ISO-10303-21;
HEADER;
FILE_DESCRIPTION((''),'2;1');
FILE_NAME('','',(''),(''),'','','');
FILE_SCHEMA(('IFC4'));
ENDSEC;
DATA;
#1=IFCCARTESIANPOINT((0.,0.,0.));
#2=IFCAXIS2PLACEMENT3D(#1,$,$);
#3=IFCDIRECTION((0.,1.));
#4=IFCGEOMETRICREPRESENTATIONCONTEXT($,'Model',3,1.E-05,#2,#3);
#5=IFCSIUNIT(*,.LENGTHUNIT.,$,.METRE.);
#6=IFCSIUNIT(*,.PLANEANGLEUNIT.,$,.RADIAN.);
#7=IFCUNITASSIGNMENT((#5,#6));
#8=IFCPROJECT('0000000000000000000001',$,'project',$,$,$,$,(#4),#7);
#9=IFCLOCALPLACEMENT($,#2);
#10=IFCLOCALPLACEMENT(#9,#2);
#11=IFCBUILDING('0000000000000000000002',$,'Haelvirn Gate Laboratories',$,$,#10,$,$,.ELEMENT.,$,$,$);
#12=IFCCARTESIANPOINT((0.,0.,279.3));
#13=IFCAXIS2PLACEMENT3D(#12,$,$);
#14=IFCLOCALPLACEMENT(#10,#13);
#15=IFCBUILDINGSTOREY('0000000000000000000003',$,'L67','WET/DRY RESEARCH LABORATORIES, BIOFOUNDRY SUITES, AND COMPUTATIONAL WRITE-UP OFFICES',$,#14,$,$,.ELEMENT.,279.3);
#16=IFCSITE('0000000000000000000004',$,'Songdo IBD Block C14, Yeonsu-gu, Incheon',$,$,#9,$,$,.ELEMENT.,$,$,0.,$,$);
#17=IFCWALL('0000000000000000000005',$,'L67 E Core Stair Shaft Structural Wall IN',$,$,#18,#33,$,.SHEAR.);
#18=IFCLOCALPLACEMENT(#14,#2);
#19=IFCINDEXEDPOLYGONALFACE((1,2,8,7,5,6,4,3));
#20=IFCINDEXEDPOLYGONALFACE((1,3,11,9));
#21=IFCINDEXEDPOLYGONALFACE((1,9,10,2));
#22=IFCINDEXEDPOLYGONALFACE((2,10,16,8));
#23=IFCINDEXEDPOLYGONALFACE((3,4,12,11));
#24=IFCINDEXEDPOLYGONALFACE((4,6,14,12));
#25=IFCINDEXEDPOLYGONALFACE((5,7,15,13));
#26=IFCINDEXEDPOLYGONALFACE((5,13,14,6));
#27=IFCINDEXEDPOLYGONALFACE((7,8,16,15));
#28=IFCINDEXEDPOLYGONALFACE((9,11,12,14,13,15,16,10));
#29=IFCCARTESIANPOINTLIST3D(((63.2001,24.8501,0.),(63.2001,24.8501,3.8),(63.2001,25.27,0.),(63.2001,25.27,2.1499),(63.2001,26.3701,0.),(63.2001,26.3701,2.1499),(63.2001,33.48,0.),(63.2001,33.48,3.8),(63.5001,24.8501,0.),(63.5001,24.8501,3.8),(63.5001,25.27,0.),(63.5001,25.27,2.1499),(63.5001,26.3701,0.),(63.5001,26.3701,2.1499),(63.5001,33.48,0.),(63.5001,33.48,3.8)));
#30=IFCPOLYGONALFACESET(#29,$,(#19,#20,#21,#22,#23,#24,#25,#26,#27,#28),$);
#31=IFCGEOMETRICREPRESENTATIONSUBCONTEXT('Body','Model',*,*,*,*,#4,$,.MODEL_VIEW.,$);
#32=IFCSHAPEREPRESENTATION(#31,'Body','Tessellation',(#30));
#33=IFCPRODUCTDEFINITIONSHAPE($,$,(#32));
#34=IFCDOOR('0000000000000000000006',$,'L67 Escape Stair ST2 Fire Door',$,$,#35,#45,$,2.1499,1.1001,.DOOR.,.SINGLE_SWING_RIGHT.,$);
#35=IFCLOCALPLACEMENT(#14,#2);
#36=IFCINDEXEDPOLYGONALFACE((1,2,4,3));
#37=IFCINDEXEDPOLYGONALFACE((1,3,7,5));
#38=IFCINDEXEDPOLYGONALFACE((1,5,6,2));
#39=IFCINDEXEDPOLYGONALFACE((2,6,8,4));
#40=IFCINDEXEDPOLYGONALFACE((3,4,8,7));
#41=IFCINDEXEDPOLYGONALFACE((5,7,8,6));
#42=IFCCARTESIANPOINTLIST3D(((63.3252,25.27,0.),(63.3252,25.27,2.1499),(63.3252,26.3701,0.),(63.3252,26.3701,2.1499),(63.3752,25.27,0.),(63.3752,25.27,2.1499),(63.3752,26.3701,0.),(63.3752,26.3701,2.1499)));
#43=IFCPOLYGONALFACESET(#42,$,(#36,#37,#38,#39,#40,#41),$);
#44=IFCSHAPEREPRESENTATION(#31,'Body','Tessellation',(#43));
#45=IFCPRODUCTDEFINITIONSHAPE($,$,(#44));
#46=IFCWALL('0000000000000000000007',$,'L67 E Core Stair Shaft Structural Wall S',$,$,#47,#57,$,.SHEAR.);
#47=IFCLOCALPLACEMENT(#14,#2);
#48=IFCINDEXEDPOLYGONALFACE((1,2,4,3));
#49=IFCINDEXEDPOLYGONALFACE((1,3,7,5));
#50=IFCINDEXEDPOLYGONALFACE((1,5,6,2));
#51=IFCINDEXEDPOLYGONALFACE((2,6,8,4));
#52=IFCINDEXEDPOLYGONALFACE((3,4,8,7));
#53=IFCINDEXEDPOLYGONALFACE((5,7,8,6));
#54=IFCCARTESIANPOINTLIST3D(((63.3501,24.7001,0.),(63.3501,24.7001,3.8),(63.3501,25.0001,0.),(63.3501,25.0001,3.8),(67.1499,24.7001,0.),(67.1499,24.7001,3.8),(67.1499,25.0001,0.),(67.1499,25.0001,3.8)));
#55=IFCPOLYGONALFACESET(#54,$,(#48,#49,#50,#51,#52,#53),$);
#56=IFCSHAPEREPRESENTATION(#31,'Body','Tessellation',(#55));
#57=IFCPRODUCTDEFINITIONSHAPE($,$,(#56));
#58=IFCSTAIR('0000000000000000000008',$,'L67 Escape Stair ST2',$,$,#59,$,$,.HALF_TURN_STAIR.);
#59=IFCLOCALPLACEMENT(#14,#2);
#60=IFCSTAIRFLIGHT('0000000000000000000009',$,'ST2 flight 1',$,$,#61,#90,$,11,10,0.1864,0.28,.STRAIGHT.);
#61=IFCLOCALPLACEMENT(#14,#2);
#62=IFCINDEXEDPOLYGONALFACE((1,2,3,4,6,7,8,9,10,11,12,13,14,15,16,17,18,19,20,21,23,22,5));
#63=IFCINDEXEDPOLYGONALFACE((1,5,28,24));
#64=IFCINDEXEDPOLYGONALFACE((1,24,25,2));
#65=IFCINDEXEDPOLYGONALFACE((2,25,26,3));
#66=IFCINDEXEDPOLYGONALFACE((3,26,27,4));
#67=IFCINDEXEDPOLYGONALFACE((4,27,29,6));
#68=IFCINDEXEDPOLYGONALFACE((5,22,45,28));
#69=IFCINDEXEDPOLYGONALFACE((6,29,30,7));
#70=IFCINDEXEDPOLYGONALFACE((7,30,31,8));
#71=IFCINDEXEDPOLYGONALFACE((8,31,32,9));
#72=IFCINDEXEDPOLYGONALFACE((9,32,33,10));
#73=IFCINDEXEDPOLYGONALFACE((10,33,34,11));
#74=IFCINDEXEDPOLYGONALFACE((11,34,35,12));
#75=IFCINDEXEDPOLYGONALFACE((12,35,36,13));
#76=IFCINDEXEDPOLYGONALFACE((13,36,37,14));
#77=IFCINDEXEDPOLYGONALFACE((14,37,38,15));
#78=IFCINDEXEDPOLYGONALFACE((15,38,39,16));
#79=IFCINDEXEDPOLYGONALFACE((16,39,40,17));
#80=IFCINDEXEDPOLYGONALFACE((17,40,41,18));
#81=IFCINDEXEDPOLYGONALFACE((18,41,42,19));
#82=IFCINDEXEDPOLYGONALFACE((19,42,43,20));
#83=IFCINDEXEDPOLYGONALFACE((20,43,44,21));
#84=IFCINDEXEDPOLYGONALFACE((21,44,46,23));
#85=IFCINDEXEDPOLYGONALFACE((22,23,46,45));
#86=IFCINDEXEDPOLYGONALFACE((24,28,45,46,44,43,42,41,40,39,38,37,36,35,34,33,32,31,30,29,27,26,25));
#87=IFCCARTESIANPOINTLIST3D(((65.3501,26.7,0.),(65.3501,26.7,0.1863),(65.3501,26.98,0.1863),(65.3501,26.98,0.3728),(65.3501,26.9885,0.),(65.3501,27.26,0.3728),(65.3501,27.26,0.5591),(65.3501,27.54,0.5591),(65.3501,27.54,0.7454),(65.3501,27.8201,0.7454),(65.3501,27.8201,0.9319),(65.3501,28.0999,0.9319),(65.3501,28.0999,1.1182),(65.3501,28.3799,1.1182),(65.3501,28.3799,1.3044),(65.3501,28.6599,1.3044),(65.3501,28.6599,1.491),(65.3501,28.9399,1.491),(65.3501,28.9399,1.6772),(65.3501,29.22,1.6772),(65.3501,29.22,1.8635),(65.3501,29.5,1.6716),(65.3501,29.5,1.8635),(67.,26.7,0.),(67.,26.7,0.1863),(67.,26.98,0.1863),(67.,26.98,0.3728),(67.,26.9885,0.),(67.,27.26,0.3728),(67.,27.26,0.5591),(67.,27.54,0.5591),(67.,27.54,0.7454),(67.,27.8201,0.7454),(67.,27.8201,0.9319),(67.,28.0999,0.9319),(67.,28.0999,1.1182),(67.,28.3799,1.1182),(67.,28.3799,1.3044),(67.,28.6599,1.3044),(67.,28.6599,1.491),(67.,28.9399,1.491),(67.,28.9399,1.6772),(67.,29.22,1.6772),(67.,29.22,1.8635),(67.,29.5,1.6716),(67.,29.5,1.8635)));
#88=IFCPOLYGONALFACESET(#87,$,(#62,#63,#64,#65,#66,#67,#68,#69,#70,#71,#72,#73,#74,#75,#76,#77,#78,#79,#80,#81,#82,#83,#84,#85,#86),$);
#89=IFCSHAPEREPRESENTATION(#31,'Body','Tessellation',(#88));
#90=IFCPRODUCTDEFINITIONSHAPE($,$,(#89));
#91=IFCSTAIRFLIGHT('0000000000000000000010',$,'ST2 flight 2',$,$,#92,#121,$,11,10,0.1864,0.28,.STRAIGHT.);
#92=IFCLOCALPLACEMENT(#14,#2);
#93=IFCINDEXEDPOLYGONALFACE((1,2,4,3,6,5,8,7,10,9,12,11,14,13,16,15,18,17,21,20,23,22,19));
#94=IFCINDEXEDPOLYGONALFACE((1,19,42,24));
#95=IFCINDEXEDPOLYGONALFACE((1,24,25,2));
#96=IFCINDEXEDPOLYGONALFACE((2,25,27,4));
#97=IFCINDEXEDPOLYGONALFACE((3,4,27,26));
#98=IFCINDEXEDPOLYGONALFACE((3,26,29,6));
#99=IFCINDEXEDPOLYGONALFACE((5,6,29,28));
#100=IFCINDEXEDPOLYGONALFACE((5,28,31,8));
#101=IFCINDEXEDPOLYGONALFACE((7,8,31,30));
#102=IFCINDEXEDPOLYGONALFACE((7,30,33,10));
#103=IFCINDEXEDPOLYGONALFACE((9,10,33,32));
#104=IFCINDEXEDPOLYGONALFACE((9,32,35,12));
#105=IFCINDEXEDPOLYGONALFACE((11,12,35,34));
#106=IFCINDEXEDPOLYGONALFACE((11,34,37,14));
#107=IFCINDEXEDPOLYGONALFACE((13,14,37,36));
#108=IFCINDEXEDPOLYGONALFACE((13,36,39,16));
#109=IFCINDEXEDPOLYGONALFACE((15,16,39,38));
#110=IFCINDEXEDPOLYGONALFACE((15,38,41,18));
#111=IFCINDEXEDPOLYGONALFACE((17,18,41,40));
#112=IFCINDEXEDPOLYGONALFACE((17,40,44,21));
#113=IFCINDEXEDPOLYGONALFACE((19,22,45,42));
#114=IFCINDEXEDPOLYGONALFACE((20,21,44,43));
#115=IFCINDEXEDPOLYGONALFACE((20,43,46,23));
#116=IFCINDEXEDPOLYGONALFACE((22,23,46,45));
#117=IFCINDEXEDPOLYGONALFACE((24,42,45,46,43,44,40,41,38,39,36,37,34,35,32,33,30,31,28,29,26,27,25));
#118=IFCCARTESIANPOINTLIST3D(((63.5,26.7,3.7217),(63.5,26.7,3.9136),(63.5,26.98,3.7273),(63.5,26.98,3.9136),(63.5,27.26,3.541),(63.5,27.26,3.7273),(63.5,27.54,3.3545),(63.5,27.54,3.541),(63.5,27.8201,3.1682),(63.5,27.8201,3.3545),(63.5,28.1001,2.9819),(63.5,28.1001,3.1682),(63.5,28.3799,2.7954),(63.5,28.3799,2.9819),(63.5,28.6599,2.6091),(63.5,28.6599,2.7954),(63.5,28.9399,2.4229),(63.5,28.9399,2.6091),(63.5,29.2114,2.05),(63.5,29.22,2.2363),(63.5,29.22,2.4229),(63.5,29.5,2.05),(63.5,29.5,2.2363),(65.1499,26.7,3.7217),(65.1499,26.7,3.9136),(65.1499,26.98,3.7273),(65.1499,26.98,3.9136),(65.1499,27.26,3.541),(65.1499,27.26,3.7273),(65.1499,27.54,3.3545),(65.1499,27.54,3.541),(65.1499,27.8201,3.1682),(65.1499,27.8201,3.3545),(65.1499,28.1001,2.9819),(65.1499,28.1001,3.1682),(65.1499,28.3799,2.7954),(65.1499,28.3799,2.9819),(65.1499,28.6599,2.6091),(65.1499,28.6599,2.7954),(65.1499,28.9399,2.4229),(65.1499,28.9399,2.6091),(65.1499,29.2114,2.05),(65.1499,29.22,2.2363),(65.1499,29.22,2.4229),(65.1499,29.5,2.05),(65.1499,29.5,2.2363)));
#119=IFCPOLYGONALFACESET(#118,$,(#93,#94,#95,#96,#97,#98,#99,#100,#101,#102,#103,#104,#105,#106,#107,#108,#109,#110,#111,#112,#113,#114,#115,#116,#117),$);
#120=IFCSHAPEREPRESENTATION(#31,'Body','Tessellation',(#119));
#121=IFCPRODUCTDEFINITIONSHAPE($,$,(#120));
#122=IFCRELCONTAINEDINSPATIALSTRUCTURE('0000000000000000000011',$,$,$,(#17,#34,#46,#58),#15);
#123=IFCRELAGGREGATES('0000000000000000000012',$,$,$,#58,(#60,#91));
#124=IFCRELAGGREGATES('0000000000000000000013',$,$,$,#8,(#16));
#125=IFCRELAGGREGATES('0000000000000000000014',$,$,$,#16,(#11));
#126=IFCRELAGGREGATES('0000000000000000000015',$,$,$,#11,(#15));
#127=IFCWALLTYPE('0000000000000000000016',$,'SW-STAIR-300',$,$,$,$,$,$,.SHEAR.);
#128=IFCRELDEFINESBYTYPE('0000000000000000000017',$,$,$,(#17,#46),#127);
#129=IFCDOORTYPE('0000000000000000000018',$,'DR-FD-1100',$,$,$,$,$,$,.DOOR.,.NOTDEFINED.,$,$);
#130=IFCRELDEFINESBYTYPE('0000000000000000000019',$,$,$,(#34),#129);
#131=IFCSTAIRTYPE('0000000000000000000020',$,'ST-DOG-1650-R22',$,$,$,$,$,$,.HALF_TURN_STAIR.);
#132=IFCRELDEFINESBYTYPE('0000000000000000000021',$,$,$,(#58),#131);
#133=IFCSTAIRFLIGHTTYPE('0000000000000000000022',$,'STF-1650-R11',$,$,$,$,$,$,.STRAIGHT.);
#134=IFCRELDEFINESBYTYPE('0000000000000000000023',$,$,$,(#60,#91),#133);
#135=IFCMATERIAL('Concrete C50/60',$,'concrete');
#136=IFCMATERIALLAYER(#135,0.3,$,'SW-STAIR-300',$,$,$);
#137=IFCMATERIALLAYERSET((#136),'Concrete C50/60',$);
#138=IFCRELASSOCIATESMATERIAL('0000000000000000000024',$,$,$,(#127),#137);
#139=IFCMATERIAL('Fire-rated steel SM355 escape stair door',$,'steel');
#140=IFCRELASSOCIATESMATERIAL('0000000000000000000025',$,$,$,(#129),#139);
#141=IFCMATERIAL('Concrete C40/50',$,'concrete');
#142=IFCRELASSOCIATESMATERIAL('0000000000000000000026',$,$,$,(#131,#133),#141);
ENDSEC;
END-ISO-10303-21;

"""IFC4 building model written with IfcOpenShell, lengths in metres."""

from ifc_helpers import new_model, si_unit, direction, frame, frame_2d, origin, place, context, subcontext, project, spatial, polyline, rectangle, outline, extrude, source, transform, mapped, material, layer, layer_set, type_object, type_shapes, element, fill, aggregate, save


model = new_model("IFC4")

# Units and contexts
model_context = context("Model", 3, precision=1e-05, world=origin(), true_north=direction((0.0, 1.0)))
body_context = subcontext(model_context, "Body", "Model", "MODEL_VIEW")
ifc_project = project(units=[si_unit("LENGTHUNIT", "METRE"), si_unit("PLANEANGLEUNIT", "RADIAN")], contexts=[model_context])

# Site, building, storey
site_placement = place(None, origin())
site = spatial("IfcSite", under=ifc_project, at=site_placement, Name="Songdo IBD Block C14, Yeonsu-gu, Incheon", CompositionType="ELEMENT", RefElevation=0.0)
building_placement = place(site_placement, origin())
building = spatial("IfcBuilding", under=site, at=building_placement, Name="Haelvirn Gate Laboratories", CompositionType="ELEMENT")
storey_placement = place(building_placement, frame((0.0, 0.0, 279.3)))
storey = spatial("IfcBuildingStorey", under=building, at=storey_placement, Name="L67", Description="WET/DRY RESEARCH LABORATORIES, BIOFOUNDRY SUITES, AND COMPUTATIONAL WRITE-UP OFFICES", CompositionType="ELEMENT", Elevation=279.3)

# Shared definitions
ifc_material_1 = material(Name="Concrete C40/50", Category="concrete")

# Shared definitions
ifc_material_2 = material(Name="Concrete C50/60", Category="concrete")

# Wall, opening, door
ifc_layer_1 = layer(ifc_material_2, 0.3, Name="SW-STAIR-300")
ifc_layer_set_1 = layer_set([ifc_layer_1], Name="Concrete C50/60")
wall_type_1 = type_object("IfcWallType", Name="SW-STAIR-300", PredefinedType="SHEAR", material=ifc_layer_set_1)
wall_1_placement = place(storey_placement, frame((63.3501, 24.8501, 0.0), z_axis=(0.0, 0.0, 1.0), x_axis=(0.0, 1.0, 0.0)))
wall_1 = element("IfcWall", 1, at=wall_1_placement, inside=storey, type_object=wall_type_1, Name="L67 E Core Stair Shaft Structural Wall IN", PredefinedType="SHEAR", context=body_context, shape_type="SweptSolid", body=[
    extrude(rectangle(XDim=8.6299, YDim=0.3, at=frame_2d((4.3149, 0.0))), origin(), (0.0, 0.0, 1.0), 3.8),
])
opening_1_placement = place(wall_1_placement, frame((0.4199, 0.0, 0.0)))
opening_1 = element("IfcOpeningElement", 2, at=opening_1_placement, cuts=wall_1, PredefinedType="OPENING", context=body_context, shape_type="SweptSolid", body=[
    extrude(rectangle(XDim=1.1001, YDim=2.1499, at=frame_2d((0.55, 1.075))), frame((0.0, 0.1602, 0.0), z_axis=(0.0, -1.0, 0.0), x_axis=(1.0, 0.0, 0.0)), (0.0, 0.0, 1.0), 0.3201),
])
ifc_material_3 = material(Name="Fire-rated steel SM355 escape stair door", Category="steel")
door_type_1 = type_object("IfcDoorType", Name="DR-FD-1100", OperationType="NOTDEFINED", PredefinedType="DOOR", material=ifc_material_3)
shared_shape_1 = source(origin(), body_context, "Body", "SweptSolid", [
    extrude(rectangle(XDim=1.1001, YDim=2.1499, at=frame_2d((0.55, 1.075))), frame((0.0, 0.0249, 0.0), z_axis=(0.0, -1.0, 0.0), x_axis=(1.0, 0.0, 0.0)), (0.0, 0.0, 1.0), 0.05),
])
type_shapes(door_type_1, [shared_shape_1])
door_1_placement = place(opening_1_placement, origin())
door_1 = element("IfcDoor", 3, at=door_1_placement, inside=storey, type_object=door_type_1, Name="L67 Escape Stair ST2 Fire Door", OperationType="SINGLE_SWING_RIGHT", OverallHeight=2.1499, OverallWidth=1.1001, PredefinedType="DOOR", context=body_context, shape_type="MappedRepresentation", body=[
    mapped(shared_shape_1, transform((0.0, 0.0, 0.0), scale=1.0)),
])
fill(opening_1, door_1)

# Wall
wall_2_placement = place(storey_placement, frame((63.3501, 24.8501, 0.0), z_axis=(0.0, 0.0, 1.0), x_axis=(1.0, 0.0, 0.0)))
element("IfcWall", 4, at=wall_2_placement, inside=storey, type_object=wall_type_1, Name="L67 E Core Stair Shaft Structural Wall S", PredefinedType="SHEAR", context=body_context, shape_type="SweptSolid", body=[
    extrude(rectangle(XDim=3.7998, YDim=0.3, at=frame_2d((1.8999, 0.0))), origin(), (0.0, 0.0, 1.0), 3.8),
])

# Stair, stair flights
stair_type = type_object("IfcStairType", Name="ST-DOG-1650-R22", PredefinedType="HALF_TURN_STAIR", material=ifc_material_1)
stair_placement = place(storey_placement, origin())
stair = element("IfcStair", 5, at=stair_placement, inside=storey, type_object=stair_type, Name="L67 Escape Stair ST2", PredefinedType="HALF_TURN_STAIR")
stair_flight_type = type_object("IfcStairFlightType", Name="STF-1650-R11", PredefinedType="STRAIGHT", material=ifc_material_1)
shared_shape_2 = source(origin(), body_context, "Body", "SweptSolid", [
    extrude(outline(polyline([(0.0, 0.0), (0.0, 0.1863), (0.28, 0.1863), (0.28, 0.3728), (0.5601, 0.3728), (0.5601, 0.5591), (0.8401, 0.5591), (0.8401, 0.7454), (1.1201, 0.7454), (1.1201, 0.9319), (1.3999, 0.9319), (1.3999, 1.1182), (1.6799, 1.1182), (1.6799, 1.3044), (1.96, 1.3044), (1.96, 1.491), (2.24, 1.491), (2.24, 1.6772), (2.52, 1.6772), (2.52, 1.8635), (2.8, 1.8635), (2.8, 2.05), (2.8, 1.6716), (0.2886, 0.0), (0.0, 0.0)])), frame((0.0, 0.825, 0.0), z_axis=(0.0, -1.0, 0.0), x_axis=(1.0, 0.0, 0.0)), (0.0, 0.0, 1.0), 1.6499),
])
type_shapes(stair_flight_type, [shared_shape_2])
stair_flight_1_placement = place(storey_placement, frame((66.175, 26.7, 0.0), z_axis=(0.0, 0.0, 1.0), x_axis=(0.0, 1.0, 0.0)))
stair_flight_1 = element("IfcStairFlight", 6, at=stair_flight_1_placement, type_object=stair_flight_type, Name="ST2 flight 1", NumberOfRisers=11, NumberOfTreads=10, PredefinedType="STRAIGHT", RiserHeight=0.1864, TreadLength=0.28, context=body_context, shape_type="MappedRepresentation", body=[
    mapped(shared_shape_2, transform((0.0, 0.0, 0.0), scale=1.0)),
])
stair_flight_2_placement = place(storey_placement, frame((64.325, 29.5, 2.05), z_axis=(0.0, 0.0, 1.0), x_axis=(0.0, -1.0, 0.0)))
stair_flight_2 = element("IfcStairFlight", 7, at=stair_flight_2_placement, type_object=stair_flight_type, Name="ST2 flight 2", NumberOfRisers=11, NumberOfTreads=10, PredefinedType="STRAIGHT", RiserHeight=0.1864, TreadLength=0.28, context=body_context, shape_type="MappedRepresentation", body=[
    mapped(shared_shape_2, transform((0.0, 0.0, 0.0), scale=1.0)),
])
aggregate(stair, [stair_flight_1, stair_flight_2])

save(model, "model.ifc")
